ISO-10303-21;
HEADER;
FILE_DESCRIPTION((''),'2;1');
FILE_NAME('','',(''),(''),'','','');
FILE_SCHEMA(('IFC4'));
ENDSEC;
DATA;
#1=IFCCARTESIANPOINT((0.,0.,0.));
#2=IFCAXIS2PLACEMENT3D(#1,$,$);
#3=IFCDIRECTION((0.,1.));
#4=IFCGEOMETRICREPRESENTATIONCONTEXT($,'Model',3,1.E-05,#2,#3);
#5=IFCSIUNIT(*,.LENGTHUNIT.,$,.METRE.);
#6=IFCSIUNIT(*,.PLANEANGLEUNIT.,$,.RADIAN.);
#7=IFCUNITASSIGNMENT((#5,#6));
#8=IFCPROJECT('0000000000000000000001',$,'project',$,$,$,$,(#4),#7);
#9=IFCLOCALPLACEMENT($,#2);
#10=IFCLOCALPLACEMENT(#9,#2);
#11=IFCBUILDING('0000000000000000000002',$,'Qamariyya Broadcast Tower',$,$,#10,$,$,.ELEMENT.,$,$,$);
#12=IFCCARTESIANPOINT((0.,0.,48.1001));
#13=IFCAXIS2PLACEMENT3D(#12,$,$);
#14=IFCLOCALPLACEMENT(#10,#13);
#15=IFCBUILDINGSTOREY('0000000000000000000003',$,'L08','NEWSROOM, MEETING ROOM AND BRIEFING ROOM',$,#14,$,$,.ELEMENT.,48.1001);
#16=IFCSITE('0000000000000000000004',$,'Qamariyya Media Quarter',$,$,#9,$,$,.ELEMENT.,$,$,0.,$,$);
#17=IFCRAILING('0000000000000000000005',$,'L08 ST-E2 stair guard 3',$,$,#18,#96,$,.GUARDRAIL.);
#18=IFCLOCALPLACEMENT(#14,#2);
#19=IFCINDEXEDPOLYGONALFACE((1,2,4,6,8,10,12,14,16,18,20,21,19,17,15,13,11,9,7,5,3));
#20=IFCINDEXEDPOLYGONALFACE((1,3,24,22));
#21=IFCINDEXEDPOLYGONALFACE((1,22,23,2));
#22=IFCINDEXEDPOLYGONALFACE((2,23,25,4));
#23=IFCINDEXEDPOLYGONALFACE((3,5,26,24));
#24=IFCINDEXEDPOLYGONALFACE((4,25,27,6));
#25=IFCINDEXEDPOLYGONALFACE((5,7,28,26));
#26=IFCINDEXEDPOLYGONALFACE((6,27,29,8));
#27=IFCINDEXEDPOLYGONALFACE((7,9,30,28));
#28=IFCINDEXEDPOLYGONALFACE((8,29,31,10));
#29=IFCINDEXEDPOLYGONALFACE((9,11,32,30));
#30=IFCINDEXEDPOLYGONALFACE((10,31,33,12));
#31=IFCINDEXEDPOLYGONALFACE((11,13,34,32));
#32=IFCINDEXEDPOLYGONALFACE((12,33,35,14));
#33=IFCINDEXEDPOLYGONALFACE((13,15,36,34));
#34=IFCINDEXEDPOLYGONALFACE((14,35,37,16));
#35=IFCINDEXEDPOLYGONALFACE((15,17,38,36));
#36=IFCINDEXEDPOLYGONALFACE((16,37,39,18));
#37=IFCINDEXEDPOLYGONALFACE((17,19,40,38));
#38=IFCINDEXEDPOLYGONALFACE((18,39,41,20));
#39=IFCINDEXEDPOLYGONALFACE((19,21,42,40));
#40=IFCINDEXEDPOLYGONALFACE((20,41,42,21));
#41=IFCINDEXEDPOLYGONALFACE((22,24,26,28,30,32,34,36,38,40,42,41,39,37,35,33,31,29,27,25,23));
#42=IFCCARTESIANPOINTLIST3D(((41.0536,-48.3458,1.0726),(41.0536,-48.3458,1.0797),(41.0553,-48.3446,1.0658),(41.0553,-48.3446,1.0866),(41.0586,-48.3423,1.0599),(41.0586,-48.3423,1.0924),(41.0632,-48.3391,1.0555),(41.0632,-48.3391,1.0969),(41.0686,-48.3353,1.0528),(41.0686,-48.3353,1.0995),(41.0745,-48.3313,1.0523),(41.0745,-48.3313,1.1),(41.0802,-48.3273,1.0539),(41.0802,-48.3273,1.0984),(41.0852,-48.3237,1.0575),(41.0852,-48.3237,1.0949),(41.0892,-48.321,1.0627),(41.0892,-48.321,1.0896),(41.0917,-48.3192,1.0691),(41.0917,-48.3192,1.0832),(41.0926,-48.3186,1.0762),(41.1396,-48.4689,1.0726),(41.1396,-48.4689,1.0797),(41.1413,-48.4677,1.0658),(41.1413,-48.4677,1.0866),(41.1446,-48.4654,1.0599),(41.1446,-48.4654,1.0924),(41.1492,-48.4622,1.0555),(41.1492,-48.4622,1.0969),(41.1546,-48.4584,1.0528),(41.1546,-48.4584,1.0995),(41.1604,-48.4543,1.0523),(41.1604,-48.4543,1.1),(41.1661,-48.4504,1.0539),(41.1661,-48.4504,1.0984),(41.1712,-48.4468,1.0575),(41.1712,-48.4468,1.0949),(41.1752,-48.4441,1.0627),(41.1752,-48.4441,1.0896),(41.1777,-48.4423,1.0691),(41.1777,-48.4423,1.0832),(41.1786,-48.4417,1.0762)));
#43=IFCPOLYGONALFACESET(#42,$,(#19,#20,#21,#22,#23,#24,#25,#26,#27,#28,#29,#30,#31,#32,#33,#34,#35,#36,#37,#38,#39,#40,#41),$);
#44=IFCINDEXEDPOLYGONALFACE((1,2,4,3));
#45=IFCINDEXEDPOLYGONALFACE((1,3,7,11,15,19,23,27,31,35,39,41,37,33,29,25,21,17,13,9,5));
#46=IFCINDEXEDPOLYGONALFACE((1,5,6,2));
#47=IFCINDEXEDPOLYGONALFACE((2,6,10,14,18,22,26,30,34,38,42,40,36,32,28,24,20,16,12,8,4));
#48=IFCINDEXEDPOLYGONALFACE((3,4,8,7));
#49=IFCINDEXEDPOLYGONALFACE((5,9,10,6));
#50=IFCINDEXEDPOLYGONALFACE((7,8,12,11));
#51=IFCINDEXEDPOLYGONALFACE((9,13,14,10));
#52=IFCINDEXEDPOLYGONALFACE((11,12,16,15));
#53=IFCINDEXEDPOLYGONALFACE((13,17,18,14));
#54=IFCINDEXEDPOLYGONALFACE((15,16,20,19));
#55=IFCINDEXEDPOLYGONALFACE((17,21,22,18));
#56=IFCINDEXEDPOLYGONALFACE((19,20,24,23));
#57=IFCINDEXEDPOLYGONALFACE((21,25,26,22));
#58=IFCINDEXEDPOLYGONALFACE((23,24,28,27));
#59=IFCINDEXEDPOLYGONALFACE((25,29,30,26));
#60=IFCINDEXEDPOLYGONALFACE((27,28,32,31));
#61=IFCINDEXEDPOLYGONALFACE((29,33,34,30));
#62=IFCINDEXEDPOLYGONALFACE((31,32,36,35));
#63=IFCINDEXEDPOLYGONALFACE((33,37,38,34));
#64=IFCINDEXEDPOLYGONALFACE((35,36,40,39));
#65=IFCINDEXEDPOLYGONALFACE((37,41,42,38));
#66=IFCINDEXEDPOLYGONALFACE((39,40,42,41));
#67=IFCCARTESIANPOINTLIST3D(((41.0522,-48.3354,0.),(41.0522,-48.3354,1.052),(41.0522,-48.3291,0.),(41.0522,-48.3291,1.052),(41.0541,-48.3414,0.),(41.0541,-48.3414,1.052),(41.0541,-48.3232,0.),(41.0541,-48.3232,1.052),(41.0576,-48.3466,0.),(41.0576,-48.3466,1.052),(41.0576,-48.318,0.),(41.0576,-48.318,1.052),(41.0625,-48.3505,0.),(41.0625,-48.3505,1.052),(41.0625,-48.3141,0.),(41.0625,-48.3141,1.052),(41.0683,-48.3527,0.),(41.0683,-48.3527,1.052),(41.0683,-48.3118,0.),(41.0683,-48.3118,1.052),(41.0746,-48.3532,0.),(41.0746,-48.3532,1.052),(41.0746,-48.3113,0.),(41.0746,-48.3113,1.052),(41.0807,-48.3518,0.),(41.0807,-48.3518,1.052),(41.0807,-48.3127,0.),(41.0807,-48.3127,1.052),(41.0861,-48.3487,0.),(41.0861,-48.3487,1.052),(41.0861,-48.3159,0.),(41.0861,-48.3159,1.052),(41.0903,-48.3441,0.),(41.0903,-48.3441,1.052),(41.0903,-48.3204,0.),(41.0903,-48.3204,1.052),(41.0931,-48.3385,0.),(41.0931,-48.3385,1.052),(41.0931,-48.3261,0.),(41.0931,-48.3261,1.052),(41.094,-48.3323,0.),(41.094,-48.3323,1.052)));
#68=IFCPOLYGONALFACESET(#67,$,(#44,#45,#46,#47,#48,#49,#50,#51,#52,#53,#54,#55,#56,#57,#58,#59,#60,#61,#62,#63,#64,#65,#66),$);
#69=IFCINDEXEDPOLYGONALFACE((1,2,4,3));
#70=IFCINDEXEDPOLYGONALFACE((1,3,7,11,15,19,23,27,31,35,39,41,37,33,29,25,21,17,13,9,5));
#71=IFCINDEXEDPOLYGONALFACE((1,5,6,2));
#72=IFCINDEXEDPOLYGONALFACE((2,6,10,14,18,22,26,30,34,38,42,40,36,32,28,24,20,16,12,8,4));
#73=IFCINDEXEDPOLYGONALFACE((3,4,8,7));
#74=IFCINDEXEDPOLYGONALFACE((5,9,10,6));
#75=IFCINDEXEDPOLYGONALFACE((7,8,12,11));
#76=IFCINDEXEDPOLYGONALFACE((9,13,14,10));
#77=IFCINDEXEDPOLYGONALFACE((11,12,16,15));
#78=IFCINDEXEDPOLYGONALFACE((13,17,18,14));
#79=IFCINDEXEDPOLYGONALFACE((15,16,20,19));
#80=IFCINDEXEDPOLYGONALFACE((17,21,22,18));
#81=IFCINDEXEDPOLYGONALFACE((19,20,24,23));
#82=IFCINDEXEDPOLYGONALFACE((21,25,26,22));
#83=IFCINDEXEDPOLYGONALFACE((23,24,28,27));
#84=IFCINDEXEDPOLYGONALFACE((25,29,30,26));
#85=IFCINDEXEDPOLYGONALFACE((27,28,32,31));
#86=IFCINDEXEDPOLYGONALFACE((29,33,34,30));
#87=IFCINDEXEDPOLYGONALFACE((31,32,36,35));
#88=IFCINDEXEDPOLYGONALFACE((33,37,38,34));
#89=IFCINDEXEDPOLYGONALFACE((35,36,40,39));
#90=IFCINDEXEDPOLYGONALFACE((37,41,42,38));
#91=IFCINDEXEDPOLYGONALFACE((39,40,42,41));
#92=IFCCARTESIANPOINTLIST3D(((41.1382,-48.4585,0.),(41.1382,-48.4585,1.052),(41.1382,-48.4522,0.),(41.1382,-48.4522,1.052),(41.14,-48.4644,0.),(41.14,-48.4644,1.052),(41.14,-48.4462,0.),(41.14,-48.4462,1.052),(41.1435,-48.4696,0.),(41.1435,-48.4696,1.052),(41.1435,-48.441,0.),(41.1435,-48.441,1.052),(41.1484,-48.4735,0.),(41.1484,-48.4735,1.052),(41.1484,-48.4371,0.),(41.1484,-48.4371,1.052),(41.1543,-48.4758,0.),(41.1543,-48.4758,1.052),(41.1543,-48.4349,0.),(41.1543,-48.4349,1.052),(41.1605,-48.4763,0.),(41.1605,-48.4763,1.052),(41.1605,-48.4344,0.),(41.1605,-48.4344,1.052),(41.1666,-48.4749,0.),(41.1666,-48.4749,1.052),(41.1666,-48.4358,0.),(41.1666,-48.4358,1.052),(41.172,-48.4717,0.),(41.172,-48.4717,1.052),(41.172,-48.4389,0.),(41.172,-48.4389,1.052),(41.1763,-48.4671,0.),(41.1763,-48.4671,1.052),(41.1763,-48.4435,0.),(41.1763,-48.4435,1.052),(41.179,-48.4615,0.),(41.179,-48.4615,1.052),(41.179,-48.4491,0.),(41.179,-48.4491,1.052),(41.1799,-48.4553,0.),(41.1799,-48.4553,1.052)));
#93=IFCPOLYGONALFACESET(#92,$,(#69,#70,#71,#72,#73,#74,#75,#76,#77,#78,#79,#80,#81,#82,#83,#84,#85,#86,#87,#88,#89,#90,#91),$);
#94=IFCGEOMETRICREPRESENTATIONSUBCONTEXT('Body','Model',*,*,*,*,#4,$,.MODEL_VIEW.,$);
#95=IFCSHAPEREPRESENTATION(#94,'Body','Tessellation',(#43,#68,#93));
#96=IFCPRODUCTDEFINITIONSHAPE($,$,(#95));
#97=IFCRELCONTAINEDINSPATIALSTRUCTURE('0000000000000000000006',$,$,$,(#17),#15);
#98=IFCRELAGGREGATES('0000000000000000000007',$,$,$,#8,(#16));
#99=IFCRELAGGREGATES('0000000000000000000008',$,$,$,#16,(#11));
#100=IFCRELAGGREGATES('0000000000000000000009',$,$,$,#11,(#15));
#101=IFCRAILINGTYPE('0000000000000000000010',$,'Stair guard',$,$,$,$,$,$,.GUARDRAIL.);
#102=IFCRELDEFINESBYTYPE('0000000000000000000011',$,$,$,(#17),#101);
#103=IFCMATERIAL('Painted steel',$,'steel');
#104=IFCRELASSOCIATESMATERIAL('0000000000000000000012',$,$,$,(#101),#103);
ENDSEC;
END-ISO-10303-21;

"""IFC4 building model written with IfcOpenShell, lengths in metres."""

from ifc_helpers import new_model, si_unit, direction, frame, origin, origin_2d, place, context, subcontext, project, spatial, circle, extrude, material, type_object, element, save


model = new_model("IFC4")

# Units and contexts
model_context = context("Model", 3, precision=1e-05, world=origin(), true_north=direction((0.0, 1.0)))
body_context = subcontext(model_context, "Body", "Model", "MODEL_VIEW")
ifc_project = project(units=[si_unit("LENGTHUNIT", "METRE"), si_unit("PLANEANGLEUNIT", "RADIAN")], contexts=[model_context])

# Site, building, storey
site_placement = place(None, origin())
site = spatial("IfcSite", under=ifc_project, at=site_placement, Name="Qamariyya Media Quarter", CompositionType="ELEMENT", RefElevation=0.0)
building_placement = place(site_placement, origin())
building = spatial("IfcBuilding", under=site, at=building_placement, Name="Qamariyya Broadcast Tower", CompositionType="ELEMENT")
storey_placement = place(building_placement, frame((0.0, 0.0, 48.1001)))
storey = spatial("IfcBuildingStorey", under=building, at=storey_placement, Name="L08", Description="NEWSROOM, MEETING ROOM AND BRIEFING ROOM", CompositionType="ELEMENT", Elevation=48.1001)

# Railing
ifc_material_1 = material(Name="Painted steel", Category="steel")
railing_type_1 = type_object("IfcRailingType", Name="Stair guard", PredefinedType="GUARDRAIL", material=ifc_material_1)
railing_1_placement = place(storey_placement, frame((41.073, -48.3323, 0.0)))
element("IfcRailing", 1, at=railing_1_placement, inside=storey, type_object=railing_type_1, Name="L08 ST-E2 stair guard 3", PredefinedType="GUARDRAIL", context=body_context, shape_type="SweptSolid", body=[
    extrude(circle(Radius=0.0239, at=origin_2d()), frame((0.0, 0.0, 1.0762), z_axis=(0.572589, -0.819843, 0.0), x_axis=(0.819843, 0.572589, 0.0)), (0.0, 0.0, 1.0), 0.1501),
    extrude(circle(Radius=0.021, at=origin_2d()), origin(), (0.0, 0.0, 1.0), 1.052),
    extrude(circle(Radius=0.021, at=origin_2d()), frame((0.0859, -0.123, 0.0)), (0.0, 0.0, 1.0), 1.052),
])

save(model, "model.ifc")
